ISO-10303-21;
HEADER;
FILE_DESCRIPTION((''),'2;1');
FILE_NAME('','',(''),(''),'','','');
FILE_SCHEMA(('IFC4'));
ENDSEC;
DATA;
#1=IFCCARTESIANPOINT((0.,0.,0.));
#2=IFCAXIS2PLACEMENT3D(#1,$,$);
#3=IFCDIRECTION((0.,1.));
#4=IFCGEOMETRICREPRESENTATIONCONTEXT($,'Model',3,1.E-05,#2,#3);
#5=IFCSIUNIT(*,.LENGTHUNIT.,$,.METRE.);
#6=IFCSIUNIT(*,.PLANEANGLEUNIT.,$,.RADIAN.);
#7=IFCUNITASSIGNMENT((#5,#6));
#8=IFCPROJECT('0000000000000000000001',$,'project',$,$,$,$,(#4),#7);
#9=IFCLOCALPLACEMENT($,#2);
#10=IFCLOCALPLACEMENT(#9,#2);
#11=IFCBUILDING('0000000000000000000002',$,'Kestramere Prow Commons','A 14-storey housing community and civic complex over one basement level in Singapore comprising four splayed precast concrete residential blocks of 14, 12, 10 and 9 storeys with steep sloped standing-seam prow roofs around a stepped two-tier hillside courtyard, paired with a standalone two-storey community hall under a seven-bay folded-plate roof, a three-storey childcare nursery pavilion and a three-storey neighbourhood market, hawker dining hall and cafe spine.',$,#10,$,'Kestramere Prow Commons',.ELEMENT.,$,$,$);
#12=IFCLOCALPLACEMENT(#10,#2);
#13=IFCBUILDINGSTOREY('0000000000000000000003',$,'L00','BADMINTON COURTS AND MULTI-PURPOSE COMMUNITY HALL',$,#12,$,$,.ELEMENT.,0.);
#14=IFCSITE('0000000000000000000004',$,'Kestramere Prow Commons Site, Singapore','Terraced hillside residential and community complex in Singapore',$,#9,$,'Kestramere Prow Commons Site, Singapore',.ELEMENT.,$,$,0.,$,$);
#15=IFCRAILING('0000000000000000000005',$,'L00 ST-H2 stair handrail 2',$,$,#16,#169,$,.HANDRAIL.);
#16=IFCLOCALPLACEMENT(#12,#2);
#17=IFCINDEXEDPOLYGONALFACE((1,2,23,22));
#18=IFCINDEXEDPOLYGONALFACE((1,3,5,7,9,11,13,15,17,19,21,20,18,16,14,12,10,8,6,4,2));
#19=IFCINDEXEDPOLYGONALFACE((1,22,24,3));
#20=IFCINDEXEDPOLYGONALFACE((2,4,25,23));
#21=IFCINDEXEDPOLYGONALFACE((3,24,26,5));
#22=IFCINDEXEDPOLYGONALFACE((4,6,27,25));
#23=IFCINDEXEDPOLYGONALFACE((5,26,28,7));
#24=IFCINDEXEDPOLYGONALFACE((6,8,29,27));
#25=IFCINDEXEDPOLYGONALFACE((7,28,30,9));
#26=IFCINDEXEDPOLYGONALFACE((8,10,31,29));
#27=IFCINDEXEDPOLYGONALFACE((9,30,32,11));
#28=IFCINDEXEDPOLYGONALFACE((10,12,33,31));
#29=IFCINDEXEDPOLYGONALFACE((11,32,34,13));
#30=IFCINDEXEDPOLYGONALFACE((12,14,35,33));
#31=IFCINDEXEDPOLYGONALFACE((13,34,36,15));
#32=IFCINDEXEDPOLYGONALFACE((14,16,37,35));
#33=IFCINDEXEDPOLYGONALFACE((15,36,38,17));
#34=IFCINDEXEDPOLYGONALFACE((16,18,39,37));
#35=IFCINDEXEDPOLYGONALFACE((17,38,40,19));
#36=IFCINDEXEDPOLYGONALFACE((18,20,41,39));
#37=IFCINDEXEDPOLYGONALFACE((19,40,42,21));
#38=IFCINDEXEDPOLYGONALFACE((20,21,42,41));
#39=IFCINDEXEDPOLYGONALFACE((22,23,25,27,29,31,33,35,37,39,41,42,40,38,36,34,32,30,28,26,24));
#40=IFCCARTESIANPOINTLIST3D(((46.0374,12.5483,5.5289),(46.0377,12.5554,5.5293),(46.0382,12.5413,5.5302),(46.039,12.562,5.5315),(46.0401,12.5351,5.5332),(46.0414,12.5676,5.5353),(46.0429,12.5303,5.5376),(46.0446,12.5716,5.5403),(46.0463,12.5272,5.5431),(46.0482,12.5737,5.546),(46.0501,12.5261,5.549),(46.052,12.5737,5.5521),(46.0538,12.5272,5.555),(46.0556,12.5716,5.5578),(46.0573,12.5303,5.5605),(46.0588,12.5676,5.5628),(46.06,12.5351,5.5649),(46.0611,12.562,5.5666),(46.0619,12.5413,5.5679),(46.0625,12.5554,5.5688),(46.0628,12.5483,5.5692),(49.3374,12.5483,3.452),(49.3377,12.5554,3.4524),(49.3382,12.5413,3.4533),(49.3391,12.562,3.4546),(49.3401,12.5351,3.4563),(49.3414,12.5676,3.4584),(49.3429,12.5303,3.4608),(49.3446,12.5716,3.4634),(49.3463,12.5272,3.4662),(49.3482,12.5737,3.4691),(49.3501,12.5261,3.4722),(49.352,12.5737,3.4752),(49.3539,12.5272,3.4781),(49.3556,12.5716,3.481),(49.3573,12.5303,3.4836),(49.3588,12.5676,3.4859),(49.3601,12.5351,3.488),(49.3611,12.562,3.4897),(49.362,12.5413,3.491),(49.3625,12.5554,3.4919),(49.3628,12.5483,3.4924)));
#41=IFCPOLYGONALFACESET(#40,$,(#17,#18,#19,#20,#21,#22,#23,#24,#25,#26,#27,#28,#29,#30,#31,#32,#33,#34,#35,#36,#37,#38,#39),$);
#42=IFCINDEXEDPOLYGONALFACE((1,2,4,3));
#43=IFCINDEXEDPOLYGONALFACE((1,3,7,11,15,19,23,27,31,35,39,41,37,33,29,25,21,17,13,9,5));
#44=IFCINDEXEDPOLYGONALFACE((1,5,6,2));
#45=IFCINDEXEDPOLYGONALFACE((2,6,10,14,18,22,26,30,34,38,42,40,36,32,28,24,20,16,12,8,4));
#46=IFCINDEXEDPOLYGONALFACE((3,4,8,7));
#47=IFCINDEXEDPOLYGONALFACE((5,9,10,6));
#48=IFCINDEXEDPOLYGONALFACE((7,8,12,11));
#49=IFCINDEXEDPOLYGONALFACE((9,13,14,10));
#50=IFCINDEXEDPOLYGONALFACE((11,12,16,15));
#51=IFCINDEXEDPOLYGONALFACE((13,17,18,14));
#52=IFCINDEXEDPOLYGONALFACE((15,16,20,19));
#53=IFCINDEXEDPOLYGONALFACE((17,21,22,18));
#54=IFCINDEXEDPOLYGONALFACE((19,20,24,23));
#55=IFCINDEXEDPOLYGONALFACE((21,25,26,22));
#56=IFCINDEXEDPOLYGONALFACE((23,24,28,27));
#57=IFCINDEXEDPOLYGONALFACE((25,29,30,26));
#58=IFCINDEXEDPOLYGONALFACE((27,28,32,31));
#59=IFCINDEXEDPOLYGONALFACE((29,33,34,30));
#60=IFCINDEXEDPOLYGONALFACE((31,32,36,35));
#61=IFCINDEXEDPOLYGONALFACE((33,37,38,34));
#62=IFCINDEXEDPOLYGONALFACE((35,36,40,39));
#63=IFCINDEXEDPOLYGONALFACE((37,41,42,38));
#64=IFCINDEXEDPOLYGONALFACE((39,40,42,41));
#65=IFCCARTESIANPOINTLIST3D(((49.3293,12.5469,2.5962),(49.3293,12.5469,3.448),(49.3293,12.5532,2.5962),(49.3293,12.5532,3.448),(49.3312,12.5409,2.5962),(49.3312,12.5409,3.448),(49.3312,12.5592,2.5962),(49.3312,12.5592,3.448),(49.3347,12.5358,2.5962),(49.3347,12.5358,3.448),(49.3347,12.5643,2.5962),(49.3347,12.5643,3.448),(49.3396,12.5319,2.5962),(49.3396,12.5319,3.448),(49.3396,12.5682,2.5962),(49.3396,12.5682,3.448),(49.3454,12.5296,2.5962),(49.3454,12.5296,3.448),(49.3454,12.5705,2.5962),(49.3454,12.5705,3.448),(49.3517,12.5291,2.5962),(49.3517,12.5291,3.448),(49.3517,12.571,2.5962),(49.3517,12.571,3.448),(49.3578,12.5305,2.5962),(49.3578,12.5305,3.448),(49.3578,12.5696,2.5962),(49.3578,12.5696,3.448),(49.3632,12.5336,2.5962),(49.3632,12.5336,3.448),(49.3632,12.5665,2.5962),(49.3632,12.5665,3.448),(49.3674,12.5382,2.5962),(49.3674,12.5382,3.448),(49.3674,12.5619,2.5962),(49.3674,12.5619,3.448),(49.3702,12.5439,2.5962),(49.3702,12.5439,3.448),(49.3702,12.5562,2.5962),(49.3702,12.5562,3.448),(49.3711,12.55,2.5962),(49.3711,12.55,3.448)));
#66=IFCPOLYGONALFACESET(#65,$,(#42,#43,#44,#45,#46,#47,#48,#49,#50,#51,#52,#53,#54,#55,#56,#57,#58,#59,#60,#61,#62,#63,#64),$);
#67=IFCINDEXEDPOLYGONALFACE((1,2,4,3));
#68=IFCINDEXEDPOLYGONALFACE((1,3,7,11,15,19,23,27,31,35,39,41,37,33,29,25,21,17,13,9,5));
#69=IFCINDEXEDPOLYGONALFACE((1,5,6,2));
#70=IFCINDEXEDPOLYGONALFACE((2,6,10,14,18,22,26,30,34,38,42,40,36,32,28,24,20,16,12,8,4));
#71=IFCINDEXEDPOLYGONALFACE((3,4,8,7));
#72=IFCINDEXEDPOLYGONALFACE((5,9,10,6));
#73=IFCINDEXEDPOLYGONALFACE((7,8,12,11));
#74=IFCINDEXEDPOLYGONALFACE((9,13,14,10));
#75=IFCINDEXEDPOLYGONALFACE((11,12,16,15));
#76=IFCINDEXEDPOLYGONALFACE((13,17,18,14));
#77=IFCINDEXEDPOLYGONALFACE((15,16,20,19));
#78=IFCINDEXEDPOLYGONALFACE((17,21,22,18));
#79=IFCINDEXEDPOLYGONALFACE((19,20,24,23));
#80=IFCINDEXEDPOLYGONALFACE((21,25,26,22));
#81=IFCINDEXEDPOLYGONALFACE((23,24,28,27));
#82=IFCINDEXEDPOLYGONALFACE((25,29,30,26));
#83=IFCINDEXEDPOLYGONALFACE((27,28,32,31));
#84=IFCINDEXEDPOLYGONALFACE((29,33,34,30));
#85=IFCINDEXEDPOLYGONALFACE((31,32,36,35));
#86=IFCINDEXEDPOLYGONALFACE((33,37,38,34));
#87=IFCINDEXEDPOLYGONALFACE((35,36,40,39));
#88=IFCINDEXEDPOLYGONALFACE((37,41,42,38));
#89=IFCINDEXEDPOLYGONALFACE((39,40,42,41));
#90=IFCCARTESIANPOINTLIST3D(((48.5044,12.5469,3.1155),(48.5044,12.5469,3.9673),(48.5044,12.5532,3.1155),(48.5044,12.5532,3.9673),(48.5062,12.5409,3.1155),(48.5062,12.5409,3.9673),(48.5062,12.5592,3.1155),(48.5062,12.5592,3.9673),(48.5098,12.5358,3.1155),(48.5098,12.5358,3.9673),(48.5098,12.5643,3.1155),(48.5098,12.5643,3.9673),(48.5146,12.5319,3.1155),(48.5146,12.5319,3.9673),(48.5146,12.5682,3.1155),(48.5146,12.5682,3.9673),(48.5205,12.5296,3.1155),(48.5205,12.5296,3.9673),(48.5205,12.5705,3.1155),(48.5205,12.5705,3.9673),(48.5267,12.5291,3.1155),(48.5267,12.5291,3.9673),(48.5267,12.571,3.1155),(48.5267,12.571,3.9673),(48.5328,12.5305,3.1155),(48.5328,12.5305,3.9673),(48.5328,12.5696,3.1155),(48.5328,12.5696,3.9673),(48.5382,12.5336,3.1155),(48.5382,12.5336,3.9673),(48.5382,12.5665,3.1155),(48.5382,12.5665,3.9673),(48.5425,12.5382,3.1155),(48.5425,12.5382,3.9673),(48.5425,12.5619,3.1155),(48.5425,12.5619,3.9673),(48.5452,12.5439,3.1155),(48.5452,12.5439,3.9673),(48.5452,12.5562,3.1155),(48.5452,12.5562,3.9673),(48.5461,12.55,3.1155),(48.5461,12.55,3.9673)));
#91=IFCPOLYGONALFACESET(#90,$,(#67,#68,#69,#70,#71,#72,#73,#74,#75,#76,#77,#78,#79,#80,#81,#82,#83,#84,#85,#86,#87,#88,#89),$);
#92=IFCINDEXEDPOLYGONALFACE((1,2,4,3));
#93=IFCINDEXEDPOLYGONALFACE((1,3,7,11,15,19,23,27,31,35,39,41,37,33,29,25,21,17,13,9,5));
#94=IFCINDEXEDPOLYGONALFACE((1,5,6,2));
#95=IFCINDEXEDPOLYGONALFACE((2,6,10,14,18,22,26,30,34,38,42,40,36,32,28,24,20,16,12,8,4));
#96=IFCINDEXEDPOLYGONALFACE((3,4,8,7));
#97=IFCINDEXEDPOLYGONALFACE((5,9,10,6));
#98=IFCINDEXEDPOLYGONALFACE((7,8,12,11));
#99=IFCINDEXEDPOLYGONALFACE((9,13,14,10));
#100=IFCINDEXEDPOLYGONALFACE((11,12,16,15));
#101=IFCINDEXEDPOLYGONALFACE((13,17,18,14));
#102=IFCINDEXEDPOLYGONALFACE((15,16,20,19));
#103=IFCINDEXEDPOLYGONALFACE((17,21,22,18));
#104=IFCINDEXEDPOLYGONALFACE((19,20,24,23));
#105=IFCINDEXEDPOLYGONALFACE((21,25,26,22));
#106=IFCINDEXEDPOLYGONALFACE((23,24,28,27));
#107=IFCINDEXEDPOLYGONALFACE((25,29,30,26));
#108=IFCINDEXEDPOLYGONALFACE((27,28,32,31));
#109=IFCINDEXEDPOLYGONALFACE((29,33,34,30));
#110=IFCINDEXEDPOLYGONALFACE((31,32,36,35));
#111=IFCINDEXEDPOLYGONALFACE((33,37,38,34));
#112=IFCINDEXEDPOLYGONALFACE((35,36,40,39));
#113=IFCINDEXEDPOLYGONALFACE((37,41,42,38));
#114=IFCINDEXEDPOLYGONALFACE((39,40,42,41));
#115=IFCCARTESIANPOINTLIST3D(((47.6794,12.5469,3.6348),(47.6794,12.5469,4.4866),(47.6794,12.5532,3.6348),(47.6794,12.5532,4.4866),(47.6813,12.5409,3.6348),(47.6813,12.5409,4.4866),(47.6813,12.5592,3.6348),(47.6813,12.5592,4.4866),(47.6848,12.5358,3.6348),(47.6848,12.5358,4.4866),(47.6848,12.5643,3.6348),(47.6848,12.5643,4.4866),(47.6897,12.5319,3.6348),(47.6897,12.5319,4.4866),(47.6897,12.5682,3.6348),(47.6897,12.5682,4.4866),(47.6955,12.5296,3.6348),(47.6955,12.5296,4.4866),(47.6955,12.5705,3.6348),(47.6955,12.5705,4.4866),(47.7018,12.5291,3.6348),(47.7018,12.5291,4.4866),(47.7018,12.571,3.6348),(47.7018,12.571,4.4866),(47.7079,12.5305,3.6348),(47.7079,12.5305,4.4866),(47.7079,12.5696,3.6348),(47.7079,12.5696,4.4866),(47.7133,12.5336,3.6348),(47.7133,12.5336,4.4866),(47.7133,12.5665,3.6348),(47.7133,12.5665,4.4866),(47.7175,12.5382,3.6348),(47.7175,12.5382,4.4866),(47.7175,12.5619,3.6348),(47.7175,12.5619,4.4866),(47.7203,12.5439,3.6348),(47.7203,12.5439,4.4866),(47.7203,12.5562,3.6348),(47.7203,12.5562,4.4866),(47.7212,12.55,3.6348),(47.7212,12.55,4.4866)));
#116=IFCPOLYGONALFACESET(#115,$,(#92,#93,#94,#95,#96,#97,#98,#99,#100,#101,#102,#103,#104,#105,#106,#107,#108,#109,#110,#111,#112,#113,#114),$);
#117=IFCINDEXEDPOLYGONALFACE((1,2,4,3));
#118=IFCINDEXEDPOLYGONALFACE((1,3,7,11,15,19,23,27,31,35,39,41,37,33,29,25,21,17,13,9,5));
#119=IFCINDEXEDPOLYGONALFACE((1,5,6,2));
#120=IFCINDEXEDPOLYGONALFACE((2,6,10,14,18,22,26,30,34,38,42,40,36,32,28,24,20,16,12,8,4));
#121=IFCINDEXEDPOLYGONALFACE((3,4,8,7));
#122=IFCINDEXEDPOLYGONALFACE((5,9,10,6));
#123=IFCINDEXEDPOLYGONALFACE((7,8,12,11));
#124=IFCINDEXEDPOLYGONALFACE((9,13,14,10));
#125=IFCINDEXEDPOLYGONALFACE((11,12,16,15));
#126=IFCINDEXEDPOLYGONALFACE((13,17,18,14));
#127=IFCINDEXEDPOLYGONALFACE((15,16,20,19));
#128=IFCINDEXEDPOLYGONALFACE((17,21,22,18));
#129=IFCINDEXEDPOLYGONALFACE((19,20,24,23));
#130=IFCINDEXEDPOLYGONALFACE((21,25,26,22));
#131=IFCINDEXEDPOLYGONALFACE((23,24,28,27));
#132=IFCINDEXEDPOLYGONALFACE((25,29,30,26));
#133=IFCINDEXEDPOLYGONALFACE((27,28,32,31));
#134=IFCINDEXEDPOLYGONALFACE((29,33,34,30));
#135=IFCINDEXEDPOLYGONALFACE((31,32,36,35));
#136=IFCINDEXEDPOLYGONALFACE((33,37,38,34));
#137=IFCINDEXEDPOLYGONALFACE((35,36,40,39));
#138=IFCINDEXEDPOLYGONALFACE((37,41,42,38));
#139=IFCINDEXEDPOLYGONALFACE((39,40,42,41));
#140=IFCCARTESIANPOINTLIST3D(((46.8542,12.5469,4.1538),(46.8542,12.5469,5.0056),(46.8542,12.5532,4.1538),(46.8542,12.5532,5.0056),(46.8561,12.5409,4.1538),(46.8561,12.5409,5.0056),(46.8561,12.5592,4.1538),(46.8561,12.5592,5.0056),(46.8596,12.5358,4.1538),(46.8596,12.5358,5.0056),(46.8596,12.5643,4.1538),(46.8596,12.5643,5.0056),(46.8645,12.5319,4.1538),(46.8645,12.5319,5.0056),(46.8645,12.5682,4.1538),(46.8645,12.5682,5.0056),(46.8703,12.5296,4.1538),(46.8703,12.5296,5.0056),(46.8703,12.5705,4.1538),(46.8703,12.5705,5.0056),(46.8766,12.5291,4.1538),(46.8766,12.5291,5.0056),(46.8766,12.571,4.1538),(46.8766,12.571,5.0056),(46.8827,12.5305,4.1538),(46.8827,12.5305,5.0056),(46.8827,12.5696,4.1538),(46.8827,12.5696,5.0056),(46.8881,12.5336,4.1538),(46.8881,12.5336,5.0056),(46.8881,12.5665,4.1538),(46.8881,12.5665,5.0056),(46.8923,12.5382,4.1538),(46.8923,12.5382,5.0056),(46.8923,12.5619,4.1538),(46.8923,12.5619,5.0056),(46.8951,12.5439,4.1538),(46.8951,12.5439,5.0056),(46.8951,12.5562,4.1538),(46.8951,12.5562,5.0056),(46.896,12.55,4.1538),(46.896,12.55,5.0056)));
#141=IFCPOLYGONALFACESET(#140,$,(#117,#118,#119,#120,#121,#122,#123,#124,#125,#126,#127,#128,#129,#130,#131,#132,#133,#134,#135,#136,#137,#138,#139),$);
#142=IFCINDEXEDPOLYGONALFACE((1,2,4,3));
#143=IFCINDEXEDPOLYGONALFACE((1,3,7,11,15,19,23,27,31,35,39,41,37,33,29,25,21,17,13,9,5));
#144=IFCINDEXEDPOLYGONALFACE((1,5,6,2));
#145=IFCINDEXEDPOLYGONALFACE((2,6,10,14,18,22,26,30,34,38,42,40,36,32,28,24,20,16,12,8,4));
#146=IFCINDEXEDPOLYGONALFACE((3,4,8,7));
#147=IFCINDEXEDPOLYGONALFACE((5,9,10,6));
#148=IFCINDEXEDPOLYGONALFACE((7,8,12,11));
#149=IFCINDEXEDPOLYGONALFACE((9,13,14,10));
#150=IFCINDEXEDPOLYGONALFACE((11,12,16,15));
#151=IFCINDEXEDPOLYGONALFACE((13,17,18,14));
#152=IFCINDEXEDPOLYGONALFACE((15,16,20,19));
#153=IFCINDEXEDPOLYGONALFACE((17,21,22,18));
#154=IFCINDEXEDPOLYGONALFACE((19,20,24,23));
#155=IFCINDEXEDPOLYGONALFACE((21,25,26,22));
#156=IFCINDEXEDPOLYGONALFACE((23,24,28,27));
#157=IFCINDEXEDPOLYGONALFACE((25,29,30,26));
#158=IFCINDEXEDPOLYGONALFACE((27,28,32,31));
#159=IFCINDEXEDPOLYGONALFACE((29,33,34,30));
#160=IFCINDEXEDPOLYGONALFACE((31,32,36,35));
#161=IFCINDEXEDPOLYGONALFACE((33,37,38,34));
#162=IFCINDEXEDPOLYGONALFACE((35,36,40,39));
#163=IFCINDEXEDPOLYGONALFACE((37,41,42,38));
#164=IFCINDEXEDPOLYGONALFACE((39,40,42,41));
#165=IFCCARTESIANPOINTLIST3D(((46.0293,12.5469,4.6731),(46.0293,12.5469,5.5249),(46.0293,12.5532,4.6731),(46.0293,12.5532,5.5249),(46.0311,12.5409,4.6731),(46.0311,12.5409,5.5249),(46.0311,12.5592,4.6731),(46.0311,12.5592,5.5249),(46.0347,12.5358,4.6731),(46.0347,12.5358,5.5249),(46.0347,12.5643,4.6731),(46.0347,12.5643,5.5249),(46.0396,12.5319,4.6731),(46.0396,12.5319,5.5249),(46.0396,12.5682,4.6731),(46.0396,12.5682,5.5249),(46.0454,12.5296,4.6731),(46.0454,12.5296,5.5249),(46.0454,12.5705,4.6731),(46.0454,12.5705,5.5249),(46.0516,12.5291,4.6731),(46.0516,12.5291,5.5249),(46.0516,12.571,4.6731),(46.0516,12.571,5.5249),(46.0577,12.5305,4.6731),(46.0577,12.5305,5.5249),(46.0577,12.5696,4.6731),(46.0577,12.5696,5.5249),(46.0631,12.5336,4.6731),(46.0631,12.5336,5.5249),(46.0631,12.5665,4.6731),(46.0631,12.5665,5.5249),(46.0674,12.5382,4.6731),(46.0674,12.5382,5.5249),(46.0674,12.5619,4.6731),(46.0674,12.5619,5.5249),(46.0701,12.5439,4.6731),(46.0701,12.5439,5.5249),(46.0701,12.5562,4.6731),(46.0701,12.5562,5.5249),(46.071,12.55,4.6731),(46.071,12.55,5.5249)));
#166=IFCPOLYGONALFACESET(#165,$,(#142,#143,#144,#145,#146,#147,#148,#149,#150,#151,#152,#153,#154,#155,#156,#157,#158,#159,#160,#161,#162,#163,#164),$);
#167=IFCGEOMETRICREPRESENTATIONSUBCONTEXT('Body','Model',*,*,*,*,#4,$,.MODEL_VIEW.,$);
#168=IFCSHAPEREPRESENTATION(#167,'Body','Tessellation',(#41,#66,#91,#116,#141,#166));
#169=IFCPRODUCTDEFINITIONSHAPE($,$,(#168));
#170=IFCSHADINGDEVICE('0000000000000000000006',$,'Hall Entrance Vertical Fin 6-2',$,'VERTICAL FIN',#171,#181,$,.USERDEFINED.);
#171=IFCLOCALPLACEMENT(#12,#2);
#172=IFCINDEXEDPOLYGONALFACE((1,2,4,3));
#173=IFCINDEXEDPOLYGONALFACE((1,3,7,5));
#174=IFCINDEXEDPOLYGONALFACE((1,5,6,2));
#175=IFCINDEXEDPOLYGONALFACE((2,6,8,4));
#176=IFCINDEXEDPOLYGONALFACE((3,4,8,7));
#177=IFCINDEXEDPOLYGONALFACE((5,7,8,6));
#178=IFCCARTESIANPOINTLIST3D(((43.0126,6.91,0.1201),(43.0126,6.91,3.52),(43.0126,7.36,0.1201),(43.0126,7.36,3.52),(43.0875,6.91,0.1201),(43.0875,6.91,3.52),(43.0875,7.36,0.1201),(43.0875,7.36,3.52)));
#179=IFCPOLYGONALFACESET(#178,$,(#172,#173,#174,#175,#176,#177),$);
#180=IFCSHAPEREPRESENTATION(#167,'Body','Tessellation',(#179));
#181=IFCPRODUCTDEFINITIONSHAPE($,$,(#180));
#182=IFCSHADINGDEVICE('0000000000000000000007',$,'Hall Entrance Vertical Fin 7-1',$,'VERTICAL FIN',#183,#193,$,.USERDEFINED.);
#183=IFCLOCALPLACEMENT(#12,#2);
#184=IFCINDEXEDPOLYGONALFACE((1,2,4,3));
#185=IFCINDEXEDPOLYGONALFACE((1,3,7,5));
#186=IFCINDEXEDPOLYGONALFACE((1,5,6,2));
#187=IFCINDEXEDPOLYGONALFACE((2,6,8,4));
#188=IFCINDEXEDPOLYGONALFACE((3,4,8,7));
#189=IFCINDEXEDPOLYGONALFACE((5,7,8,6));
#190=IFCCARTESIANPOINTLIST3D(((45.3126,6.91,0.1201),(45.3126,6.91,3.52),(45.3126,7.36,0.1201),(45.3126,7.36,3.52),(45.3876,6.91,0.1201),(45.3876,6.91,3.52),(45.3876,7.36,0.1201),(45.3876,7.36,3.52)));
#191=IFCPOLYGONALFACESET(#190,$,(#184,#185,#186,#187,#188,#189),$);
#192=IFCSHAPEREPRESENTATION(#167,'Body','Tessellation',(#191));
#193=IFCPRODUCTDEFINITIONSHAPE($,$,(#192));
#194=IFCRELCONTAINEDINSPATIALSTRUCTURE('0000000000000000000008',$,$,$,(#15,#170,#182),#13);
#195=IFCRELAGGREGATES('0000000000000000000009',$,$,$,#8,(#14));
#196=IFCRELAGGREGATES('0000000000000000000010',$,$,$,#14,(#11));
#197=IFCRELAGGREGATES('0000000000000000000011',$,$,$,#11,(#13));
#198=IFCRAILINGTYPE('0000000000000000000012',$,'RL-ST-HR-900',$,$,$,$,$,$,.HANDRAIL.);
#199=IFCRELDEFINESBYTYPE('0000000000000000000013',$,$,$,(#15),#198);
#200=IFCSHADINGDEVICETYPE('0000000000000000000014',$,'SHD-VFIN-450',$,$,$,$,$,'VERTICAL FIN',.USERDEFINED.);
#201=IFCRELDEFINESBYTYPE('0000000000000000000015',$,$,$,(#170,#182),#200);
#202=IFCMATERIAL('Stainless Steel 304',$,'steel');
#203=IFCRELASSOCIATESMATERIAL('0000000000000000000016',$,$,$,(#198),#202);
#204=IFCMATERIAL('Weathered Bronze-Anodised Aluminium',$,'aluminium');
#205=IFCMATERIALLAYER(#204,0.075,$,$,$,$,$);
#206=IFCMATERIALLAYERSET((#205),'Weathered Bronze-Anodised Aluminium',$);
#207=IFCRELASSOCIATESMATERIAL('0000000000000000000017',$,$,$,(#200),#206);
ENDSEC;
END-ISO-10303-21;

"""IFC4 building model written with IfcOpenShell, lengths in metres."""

from ifc_helpers import new_model, si_unit, direction, frame, origin, origin_2d, place, context, subcontext, project, spatial, rectangle, circle, extrude, material, layer, layer_set, type_object, element, save


model = new_model("IFC4")

# Units and contexts
model_context = context("Model", 3, precision=1e-05, world=origin(), true_north=direction((0.0, 1.0)))
body_context = subcontext(model_context, "Body", "Model", "MODEL_VIEW")
ifc_project = project(units=[si_unit("LENGTHUNIT", "METRE"), si_unit("PLANEANGLEUNIT", "RADIAN")], contexts=[model_context])

# Site, building, storey
site_placement = place(None, origin())
site = spatial("IfcSite", under=ifc_project, at=site_placement, Name="Kestramere Prow Commons Site, Singapore", Description="Terraced hillside residential and community complex in Singapore", LongName="Kestramere Prow Commons Site, Singapore", CompositionType="ELEMENT", RefElevation=0.0)
building_placement = place(site_placement, origin())
building = spatial("IfcBuilding", under=site, at=building_placement, Name="Kestramere Prow Commons", Description="A 14-storey housing community and civic complex over one basement level in Singapore comprising four splayed precast concrete residential blocks of 14, 12, 10 and 9 storeys with steep sloped standing-seam prow roofs around a stepped two-tier hillside courtyard, paired with a standalone two-storey community hall under a seven-bay folded-plate roof, a three-storey childcare nursery pavilion and a three-storey neighbourhood market, hawker dining hall and cafe spine.", LongName="Kestramere Prow Commons", CompositionType="ELEMENT")
storey_placement = place(building_placement, origin())
storey = spatial("IfcBuildingStorey", under=building, at=storey_placement, Name="L00", Description="BADMINTON COURTS AND MULTI-PURPOSE COMMUNITY HALL", CompositionType="ELEMENT", Elevation=0.0)

# Railing
ifc_material_1 = material(Name="Stainless Steel 304", Category="steel")
railing_type_1 = type_object("IfcRailingType", Name="RL-ST-HR-900", PredefinedType="HANDRAIL", material=ifc_material_1)
railing_1_placement = place(storey_placement, frame((49.3501, 12.55, 2.5962)))
element("IfcRailing", 1, at=railing_1_placement, inside=storey, type_object=railing_type_1, Name="L00 ST-H2 stair handrail 2", PredefinedType="HANDRAIL", context=body_context, shape_type="SweptSolid", body=[
    extrude(circle(Radius=0.0239, at=origin_2d()), frame((0.0, 0.0, 0.876), z_axis=(-0.846337, 0.0, 0.532647), x_axis=(0.0, -1.0, 0.0)), (0.0, 0.0, 1.0), 3.8992),
    extrude(circle(Radius=0.021, at=origin_2d()), origin(), (0.0, 0.0, 1.0), 0.8518),
    extrude(circle(Radius=0.021, at=origin_2d()), frame((-0.825, 0.0, 0.5193)), (0.0, 0.0, 1.0), 0.8518),
    extrude(circle(Radius=0.021, at=origin_2d()), frame((-1.6499, 0.0, 1.0386)), (0.0, 0.0, 1.0), 0.8518),
    extrude(circle(Radius=0.021, at=origin_2d()), frame((-2.4751, 0.0, 1.5576)), (0.0, 0.0, 1.0), 0.8518),
    extrude(circle(Radius=0.021, at=origin_2d()), frame((-3.3, 0.0, 2.0769)), (0.0, 0.0, 1.0), 0.8518),
])

# Shading devices
ifc_material_2 = material(Name="Weathered Bronze-Anodised Aluminium", Category="aluminium")
ifc_layer_1 = layer(ifc_material_2, 0.075)
ifc_layer_set_1 = layer_set([ifc_layer_1], Name="Weathered Bronze-Anodised Aluminium")
shading_device_type = type_object("IfcShadingDeviceType", Name="SHD-VFIN-450", ElementType="VERTICAL FIN", PredefinedType="USERDEFINED", material=ifc_layer_set_1)
for number, where, z_axis, x_axis, name in (
    (2, (43.05, 7.135, 0.1201), (0.0, 0.0, 1.0), (1.0, 0.0, 0.0), "Hall Entrance Vertical Fin 6-2"),
    (3, (45.3501, 7.135, 0.1201), (0.0, 0.0, 1.0), (1.0, 0.0, 0.0), "Hall Entrance Vertical Fin 7-1"),
):
    element("IfcShadingDevice", number, at=place(storey_placement, frame(where, z_axis=z_axis, x_axis=x_axis)), inside=storey, type_object=shading_device_type, Name=name, ObjectType="VERTICAL FIN", PredefinedType="USERDEFINED", context=body_context, shape_type="SweptSolid", body=[
        extrude(rectangle(XDim=0.075, YDim=0.45, at=origin_2d()), origin(), (0.0, 0.0, 1.0), 3.3999),
    ])

save(model, "model.ifc")
